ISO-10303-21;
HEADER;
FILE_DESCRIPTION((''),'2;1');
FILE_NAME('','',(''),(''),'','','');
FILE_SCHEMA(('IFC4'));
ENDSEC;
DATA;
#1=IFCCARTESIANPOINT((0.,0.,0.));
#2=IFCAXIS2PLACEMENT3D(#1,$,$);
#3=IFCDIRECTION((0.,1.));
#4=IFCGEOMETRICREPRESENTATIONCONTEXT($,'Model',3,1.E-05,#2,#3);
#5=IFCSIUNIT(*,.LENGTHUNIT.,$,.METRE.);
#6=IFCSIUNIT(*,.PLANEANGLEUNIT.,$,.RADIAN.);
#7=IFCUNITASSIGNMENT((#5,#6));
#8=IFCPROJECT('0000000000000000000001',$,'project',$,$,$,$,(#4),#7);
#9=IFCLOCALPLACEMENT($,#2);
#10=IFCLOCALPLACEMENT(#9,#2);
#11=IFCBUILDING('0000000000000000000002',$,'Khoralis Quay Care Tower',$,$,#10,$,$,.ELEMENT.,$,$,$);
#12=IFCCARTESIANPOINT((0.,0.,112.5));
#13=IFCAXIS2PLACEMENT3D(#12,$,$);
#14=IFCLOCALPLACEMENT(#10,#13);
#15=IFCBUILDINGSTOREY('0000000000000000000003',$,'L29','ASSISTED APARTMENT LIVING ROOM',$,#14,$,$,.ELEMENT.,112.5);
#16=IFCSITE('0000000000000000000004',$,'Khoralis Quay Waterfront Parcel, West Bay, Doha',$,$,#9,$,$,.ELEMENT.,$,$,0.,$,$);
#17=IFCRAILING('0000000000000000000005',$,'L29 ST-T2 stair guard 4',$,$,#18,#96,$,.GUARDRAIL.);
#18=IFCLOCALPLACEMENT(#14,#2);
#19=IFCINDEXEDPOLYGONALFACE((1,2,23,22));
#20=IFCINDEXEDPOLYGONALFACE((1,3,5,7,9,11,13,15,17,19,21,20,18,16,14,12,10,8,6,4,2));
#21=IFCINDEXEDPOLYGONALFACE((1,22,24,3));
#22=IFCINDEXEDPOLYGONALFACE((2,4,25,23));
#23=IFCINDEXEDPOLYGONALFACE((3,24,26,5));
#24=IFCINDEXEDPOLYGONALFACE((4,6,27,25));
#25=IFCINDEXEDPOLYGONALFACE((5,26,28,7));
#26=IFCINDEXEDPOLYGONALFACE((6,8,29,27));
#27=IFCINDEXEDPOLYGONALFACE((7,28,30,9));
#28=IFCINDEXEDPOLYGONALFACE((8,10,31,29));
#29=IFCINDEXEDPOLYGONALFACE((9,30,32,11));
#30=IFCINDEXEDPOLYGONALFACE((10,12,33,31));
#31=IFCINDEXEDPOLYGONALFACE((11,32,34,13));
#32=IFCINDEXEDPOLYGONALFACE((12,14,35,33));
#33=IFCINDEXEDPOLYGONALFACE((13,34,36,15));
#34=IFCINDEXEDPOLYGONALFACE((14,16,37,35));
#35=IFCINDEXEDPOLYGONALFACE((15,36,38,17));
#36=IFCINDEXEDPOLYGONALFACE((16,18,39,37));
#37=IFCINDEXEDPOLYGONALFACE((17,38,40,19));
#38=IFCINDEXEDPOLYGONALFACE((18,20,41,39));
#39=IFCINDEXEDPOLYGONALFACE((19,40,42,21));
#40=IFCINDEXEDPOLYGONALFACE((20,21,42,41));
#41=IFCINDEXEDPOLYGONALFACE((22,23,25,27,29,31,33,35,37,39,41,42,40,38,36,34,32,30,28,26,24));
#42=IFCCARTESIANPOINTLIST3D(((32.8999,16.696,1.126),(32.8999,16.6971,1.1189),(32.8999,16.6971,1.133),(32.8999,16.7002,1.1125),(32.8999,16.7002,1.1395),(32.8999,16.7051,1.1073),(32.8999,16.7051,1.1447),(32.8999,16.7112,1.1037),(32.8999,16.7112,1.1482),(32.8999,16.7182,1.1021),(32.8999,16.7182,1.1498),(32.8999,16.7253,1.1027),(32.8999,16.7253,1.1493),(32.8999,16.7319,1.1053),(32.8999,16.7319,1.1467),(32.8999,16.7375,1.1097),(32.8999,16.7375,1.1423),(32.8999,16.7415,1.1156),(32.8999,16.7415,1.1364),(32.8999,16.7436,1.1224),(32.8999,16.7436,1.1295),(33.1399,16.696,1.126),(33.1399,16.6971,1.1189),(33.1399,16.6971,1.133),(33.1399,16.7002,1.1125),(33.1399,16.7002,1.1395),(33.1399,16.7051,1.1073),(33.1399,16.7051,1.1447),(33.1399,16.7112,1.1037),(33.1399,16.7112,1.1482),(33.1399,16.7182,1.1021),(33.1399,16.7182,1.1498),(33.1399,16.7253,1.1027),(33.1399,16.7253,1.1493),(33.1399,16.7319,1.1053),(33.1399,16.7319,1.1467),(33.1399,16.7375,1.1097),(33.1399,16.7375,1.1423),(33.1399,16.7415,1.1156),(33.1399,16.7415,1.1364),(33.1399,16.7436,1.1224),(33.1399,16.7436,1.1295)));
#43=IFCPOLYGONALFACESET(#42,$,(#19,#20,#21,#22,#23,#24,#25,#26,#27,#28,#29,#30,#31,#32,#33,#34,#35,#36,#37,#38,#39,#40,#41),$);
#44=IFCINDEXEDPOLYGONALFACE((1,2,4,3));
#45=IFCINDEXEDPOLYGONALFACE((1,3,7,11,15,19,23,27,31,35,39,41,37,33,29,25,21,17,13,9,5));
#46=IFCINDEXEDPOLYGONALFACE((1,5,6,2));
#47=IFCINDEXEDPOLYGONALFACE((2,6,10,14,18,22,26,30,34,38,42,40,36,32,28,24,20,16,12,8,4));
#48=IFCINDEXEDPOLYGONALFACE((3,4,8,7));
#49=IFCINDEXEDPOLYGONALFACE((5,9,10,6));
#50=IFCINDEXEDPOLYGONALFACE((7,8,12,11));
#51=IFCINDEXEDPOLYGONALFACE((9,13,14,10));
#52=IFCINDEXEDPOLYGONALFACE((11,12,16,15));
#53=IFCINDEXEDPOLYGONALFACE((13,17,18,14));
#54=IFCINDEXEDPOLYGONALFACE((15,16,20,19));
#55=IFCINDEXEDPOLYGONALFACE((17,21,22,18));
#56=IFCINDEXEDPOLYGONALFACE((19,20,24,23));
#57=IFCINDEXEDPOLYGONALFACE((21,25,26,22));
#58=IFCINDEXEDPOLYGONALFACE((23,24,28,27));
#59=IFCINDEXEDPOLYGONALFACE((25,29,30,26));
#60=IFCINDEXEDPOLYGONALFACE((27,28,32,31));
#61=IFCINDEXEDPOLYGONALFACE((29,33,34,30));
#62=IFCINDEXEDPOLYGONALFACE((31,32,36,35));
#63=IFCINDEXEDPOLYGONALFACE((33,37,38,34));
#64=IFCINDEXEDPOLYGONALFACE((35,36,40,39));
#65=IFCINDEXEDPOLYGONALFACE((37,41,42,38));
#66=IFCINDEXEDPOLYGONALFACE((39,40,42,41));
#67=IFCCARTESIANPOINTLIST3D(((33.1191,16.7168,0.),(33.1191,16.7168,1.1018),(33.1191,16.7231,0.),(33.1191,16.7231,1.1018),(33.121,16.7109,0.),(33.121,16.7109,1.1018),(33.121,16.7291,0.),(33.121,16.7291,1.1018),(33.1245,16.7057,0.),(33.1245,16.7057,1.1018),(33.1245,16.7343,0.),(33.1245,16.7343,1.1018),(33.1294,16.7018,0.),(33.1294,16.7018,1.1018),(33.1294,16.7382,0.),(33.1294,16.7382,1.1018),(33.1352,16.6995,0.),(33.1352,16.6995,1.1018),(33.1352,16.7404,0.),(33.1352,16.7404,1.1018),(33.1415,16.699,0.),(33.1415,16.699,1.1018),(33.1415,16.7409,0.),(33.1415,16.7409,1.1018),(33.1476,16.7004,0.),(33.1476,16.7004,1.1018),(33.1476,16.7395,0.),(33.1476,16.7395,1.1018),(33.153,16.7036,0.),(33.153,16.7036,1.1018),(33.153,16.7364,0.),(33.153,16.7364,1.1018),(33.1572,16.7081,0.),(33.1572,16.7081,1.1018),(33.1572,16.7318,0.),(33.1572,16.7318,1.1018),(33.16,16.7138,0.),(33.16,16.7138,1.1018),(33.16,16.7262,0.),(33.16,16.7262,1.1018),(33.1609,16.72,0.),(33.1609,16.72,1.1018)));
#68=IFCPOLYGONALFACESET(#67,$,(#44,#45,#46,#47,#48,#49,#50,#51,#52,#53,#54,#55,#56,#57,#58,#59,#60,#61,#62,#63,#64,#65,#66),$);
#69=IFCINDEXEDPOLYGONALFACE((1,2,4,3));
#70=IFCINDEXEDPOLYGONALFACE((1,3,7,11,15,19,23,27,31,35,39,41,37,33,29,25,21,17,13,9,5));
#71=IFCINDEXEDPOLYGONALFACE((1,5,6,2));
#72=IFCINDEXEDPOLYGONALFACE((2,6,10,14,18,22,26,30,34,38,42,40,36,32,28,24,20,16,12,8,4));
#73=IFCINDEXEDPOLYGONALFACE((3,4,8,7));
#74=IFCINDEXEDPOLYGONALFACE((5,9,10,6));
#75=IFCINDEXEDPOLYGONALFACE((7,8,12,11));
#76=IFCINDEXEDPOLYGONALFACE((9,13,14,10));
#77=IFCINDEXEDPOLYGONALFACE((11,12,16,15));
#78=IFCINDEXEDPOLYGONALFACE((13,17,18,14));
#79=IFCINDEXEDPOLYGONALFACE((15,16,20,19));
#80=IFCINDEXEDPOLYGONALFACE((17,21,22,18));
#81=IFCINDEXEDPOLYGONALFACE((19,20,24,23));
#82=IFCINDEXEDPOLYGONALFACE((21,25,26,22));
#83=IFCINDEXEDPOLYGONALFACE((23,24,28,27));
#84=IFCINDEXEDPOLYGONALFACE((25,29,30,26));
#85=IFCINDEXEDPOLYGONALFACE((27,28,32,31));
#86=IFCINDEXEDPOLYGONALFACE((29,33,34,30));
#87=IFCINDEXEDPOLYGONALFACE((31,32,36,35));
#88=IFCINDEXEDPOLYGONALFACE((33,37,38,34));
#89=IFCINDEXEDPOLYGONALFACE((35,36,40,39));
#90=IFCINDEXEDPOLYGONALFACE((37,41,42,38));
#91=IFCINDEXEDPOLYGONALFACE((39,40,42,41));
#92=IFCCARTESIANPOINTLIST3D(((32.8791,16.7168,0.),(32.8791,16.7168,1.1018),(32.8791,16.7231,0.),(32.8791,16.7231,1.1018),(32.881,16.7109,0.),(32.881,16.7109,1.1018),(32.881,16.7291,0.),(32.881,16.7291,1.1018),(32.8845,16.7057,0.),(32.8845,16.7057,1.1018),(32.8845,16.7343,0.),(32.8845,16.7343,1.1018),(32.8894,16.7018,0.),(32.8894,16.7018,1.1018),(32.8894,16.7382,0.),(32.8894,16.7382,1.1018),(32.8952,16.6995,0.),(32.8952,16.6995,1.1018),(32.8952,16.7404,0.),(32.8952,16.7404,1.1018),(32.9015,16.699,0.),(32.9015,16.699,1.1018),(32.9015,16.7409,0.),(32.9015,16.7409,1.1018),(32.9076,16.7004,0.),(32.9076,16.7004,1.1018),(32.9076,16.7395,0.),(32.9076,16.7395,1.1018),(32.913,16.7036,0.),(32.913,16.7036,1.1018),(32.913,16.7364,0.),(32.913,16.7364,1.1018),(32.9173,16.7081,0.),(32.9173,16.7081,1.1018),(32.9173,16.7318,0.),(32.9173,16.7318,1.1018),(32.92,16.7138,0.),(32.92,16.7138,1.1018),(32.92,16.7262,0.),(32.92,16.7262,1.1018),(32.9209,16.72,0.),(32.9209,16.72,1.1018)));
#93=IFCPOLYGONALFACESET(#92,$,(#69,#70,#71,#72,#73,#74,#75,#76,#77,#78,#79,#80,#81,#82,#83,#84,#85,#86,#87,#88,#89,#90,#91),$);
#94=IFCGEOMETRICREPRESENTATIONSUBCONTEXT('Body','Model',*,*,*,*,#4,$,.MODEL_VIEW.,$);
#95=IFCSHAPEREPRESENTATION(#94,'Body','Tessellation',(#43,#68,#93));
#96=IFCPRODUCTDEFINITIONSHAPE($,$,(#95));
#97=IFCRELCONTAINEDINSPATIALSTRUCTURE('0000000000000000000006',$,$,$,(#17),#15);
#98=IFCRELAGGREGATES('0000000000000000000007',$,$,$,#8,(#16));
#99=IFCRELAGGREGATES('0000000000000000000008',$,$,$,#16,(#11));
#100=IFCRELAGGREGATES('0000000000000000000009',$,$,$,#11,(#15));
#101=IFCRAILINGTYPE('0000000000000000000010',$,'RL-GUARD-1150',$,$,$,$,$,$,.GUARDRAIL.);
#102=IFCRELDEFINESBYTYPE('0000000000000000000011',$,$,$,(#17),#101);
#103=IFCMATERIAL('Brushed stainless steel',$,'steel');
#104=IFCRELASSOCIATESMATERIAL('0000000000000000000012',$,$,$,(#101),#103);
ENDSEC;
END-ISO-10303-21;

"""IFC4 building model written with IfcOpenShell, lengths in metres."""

from ifc_helpers import new_model, si_unit, direction, frame, origin, origin_2d, place, context, subcontext, project, spatial, circle, extrude, material, type_object, element, save


model = new_model("IFC4")

# Units and contexts
model_context = context("Model", 3, precision=1e-05, world=origin(), true_north=direction((0.0, 1.0)))
body_context = subcontext(model_context, "Body", "Model", "MODEL_VIEW")
ifc_project = project(units=[si_unit("LENGTHUNIT", "METRE"), si_unit("PLANEANGLEUNIT", "RADIAN")], contexts=[model_context])

# Site, building, storey
site_placement = place(None, origin())
site = spatial("IfcSite", under=ifc_project, at=site_placement, Name="Khoralis Quay Waterfront Parcel, West Bay, Doha", CompositionType="ELEMENT", RefElevation=0.0)
building_placement = place(site_placement, origin())
building = spatial("IfcBuilding", under=site, at=building_placement, Name="Khoralis Quay Care Tower", CompositionType="ELEMENT")
storey_placement = place(building_placement, frame((0.0, 0.0, 112.5)))
storey = spatial("IfcBuildingStorey", under=building, at=storey_placement, Name="L29", Description="ASSISTED APARTMENT LIVING ROOM", CompositionType="ELEMENT", Elevation=112.5)

# Shared definitions
ifc_material_1 = material(Name="Brushed stainless steel", Category="steel")

# Railing
railing_type_1 = type_object("IfcRailingType", Name="RL-GUARD-1150", PredefinedType="GUARDRAIL", material=ifc_material_1)
railing_1_placement = place(storey_placement, frame((33.1399, 16.72, 0.0)))
element("IfcRailing", 1, at=railing_1_placement, inside=storey, type_object=railing_type_1, Name="L29 ST-T2 stair guard 4", PredefinedType="GUARDRAIL", context=body_context, shape_type="SweptSolid", body=[
    extrude(circle(Radius=0.0239, at=origin_2d()), frame((0.0, 0.0, 1.126), z_axis=(-1.0, 0.0, 0.0), x_axis=(0.0, -1.0, 0.0)), (0.0, 0.0, 1.0), 0.24),
    extrude(circle(Radius=0.021, at=origin_2d()), origin(), (0.0, 0.0, 1.0), 1.1018),
    extrude(circle(Radius=0.021, at=origin_2d()), frame((-0.24, 0.0, 0.0)), (0.0, 0.0, 1.0), 1.1018),
])

save(model, "model.ifc")
